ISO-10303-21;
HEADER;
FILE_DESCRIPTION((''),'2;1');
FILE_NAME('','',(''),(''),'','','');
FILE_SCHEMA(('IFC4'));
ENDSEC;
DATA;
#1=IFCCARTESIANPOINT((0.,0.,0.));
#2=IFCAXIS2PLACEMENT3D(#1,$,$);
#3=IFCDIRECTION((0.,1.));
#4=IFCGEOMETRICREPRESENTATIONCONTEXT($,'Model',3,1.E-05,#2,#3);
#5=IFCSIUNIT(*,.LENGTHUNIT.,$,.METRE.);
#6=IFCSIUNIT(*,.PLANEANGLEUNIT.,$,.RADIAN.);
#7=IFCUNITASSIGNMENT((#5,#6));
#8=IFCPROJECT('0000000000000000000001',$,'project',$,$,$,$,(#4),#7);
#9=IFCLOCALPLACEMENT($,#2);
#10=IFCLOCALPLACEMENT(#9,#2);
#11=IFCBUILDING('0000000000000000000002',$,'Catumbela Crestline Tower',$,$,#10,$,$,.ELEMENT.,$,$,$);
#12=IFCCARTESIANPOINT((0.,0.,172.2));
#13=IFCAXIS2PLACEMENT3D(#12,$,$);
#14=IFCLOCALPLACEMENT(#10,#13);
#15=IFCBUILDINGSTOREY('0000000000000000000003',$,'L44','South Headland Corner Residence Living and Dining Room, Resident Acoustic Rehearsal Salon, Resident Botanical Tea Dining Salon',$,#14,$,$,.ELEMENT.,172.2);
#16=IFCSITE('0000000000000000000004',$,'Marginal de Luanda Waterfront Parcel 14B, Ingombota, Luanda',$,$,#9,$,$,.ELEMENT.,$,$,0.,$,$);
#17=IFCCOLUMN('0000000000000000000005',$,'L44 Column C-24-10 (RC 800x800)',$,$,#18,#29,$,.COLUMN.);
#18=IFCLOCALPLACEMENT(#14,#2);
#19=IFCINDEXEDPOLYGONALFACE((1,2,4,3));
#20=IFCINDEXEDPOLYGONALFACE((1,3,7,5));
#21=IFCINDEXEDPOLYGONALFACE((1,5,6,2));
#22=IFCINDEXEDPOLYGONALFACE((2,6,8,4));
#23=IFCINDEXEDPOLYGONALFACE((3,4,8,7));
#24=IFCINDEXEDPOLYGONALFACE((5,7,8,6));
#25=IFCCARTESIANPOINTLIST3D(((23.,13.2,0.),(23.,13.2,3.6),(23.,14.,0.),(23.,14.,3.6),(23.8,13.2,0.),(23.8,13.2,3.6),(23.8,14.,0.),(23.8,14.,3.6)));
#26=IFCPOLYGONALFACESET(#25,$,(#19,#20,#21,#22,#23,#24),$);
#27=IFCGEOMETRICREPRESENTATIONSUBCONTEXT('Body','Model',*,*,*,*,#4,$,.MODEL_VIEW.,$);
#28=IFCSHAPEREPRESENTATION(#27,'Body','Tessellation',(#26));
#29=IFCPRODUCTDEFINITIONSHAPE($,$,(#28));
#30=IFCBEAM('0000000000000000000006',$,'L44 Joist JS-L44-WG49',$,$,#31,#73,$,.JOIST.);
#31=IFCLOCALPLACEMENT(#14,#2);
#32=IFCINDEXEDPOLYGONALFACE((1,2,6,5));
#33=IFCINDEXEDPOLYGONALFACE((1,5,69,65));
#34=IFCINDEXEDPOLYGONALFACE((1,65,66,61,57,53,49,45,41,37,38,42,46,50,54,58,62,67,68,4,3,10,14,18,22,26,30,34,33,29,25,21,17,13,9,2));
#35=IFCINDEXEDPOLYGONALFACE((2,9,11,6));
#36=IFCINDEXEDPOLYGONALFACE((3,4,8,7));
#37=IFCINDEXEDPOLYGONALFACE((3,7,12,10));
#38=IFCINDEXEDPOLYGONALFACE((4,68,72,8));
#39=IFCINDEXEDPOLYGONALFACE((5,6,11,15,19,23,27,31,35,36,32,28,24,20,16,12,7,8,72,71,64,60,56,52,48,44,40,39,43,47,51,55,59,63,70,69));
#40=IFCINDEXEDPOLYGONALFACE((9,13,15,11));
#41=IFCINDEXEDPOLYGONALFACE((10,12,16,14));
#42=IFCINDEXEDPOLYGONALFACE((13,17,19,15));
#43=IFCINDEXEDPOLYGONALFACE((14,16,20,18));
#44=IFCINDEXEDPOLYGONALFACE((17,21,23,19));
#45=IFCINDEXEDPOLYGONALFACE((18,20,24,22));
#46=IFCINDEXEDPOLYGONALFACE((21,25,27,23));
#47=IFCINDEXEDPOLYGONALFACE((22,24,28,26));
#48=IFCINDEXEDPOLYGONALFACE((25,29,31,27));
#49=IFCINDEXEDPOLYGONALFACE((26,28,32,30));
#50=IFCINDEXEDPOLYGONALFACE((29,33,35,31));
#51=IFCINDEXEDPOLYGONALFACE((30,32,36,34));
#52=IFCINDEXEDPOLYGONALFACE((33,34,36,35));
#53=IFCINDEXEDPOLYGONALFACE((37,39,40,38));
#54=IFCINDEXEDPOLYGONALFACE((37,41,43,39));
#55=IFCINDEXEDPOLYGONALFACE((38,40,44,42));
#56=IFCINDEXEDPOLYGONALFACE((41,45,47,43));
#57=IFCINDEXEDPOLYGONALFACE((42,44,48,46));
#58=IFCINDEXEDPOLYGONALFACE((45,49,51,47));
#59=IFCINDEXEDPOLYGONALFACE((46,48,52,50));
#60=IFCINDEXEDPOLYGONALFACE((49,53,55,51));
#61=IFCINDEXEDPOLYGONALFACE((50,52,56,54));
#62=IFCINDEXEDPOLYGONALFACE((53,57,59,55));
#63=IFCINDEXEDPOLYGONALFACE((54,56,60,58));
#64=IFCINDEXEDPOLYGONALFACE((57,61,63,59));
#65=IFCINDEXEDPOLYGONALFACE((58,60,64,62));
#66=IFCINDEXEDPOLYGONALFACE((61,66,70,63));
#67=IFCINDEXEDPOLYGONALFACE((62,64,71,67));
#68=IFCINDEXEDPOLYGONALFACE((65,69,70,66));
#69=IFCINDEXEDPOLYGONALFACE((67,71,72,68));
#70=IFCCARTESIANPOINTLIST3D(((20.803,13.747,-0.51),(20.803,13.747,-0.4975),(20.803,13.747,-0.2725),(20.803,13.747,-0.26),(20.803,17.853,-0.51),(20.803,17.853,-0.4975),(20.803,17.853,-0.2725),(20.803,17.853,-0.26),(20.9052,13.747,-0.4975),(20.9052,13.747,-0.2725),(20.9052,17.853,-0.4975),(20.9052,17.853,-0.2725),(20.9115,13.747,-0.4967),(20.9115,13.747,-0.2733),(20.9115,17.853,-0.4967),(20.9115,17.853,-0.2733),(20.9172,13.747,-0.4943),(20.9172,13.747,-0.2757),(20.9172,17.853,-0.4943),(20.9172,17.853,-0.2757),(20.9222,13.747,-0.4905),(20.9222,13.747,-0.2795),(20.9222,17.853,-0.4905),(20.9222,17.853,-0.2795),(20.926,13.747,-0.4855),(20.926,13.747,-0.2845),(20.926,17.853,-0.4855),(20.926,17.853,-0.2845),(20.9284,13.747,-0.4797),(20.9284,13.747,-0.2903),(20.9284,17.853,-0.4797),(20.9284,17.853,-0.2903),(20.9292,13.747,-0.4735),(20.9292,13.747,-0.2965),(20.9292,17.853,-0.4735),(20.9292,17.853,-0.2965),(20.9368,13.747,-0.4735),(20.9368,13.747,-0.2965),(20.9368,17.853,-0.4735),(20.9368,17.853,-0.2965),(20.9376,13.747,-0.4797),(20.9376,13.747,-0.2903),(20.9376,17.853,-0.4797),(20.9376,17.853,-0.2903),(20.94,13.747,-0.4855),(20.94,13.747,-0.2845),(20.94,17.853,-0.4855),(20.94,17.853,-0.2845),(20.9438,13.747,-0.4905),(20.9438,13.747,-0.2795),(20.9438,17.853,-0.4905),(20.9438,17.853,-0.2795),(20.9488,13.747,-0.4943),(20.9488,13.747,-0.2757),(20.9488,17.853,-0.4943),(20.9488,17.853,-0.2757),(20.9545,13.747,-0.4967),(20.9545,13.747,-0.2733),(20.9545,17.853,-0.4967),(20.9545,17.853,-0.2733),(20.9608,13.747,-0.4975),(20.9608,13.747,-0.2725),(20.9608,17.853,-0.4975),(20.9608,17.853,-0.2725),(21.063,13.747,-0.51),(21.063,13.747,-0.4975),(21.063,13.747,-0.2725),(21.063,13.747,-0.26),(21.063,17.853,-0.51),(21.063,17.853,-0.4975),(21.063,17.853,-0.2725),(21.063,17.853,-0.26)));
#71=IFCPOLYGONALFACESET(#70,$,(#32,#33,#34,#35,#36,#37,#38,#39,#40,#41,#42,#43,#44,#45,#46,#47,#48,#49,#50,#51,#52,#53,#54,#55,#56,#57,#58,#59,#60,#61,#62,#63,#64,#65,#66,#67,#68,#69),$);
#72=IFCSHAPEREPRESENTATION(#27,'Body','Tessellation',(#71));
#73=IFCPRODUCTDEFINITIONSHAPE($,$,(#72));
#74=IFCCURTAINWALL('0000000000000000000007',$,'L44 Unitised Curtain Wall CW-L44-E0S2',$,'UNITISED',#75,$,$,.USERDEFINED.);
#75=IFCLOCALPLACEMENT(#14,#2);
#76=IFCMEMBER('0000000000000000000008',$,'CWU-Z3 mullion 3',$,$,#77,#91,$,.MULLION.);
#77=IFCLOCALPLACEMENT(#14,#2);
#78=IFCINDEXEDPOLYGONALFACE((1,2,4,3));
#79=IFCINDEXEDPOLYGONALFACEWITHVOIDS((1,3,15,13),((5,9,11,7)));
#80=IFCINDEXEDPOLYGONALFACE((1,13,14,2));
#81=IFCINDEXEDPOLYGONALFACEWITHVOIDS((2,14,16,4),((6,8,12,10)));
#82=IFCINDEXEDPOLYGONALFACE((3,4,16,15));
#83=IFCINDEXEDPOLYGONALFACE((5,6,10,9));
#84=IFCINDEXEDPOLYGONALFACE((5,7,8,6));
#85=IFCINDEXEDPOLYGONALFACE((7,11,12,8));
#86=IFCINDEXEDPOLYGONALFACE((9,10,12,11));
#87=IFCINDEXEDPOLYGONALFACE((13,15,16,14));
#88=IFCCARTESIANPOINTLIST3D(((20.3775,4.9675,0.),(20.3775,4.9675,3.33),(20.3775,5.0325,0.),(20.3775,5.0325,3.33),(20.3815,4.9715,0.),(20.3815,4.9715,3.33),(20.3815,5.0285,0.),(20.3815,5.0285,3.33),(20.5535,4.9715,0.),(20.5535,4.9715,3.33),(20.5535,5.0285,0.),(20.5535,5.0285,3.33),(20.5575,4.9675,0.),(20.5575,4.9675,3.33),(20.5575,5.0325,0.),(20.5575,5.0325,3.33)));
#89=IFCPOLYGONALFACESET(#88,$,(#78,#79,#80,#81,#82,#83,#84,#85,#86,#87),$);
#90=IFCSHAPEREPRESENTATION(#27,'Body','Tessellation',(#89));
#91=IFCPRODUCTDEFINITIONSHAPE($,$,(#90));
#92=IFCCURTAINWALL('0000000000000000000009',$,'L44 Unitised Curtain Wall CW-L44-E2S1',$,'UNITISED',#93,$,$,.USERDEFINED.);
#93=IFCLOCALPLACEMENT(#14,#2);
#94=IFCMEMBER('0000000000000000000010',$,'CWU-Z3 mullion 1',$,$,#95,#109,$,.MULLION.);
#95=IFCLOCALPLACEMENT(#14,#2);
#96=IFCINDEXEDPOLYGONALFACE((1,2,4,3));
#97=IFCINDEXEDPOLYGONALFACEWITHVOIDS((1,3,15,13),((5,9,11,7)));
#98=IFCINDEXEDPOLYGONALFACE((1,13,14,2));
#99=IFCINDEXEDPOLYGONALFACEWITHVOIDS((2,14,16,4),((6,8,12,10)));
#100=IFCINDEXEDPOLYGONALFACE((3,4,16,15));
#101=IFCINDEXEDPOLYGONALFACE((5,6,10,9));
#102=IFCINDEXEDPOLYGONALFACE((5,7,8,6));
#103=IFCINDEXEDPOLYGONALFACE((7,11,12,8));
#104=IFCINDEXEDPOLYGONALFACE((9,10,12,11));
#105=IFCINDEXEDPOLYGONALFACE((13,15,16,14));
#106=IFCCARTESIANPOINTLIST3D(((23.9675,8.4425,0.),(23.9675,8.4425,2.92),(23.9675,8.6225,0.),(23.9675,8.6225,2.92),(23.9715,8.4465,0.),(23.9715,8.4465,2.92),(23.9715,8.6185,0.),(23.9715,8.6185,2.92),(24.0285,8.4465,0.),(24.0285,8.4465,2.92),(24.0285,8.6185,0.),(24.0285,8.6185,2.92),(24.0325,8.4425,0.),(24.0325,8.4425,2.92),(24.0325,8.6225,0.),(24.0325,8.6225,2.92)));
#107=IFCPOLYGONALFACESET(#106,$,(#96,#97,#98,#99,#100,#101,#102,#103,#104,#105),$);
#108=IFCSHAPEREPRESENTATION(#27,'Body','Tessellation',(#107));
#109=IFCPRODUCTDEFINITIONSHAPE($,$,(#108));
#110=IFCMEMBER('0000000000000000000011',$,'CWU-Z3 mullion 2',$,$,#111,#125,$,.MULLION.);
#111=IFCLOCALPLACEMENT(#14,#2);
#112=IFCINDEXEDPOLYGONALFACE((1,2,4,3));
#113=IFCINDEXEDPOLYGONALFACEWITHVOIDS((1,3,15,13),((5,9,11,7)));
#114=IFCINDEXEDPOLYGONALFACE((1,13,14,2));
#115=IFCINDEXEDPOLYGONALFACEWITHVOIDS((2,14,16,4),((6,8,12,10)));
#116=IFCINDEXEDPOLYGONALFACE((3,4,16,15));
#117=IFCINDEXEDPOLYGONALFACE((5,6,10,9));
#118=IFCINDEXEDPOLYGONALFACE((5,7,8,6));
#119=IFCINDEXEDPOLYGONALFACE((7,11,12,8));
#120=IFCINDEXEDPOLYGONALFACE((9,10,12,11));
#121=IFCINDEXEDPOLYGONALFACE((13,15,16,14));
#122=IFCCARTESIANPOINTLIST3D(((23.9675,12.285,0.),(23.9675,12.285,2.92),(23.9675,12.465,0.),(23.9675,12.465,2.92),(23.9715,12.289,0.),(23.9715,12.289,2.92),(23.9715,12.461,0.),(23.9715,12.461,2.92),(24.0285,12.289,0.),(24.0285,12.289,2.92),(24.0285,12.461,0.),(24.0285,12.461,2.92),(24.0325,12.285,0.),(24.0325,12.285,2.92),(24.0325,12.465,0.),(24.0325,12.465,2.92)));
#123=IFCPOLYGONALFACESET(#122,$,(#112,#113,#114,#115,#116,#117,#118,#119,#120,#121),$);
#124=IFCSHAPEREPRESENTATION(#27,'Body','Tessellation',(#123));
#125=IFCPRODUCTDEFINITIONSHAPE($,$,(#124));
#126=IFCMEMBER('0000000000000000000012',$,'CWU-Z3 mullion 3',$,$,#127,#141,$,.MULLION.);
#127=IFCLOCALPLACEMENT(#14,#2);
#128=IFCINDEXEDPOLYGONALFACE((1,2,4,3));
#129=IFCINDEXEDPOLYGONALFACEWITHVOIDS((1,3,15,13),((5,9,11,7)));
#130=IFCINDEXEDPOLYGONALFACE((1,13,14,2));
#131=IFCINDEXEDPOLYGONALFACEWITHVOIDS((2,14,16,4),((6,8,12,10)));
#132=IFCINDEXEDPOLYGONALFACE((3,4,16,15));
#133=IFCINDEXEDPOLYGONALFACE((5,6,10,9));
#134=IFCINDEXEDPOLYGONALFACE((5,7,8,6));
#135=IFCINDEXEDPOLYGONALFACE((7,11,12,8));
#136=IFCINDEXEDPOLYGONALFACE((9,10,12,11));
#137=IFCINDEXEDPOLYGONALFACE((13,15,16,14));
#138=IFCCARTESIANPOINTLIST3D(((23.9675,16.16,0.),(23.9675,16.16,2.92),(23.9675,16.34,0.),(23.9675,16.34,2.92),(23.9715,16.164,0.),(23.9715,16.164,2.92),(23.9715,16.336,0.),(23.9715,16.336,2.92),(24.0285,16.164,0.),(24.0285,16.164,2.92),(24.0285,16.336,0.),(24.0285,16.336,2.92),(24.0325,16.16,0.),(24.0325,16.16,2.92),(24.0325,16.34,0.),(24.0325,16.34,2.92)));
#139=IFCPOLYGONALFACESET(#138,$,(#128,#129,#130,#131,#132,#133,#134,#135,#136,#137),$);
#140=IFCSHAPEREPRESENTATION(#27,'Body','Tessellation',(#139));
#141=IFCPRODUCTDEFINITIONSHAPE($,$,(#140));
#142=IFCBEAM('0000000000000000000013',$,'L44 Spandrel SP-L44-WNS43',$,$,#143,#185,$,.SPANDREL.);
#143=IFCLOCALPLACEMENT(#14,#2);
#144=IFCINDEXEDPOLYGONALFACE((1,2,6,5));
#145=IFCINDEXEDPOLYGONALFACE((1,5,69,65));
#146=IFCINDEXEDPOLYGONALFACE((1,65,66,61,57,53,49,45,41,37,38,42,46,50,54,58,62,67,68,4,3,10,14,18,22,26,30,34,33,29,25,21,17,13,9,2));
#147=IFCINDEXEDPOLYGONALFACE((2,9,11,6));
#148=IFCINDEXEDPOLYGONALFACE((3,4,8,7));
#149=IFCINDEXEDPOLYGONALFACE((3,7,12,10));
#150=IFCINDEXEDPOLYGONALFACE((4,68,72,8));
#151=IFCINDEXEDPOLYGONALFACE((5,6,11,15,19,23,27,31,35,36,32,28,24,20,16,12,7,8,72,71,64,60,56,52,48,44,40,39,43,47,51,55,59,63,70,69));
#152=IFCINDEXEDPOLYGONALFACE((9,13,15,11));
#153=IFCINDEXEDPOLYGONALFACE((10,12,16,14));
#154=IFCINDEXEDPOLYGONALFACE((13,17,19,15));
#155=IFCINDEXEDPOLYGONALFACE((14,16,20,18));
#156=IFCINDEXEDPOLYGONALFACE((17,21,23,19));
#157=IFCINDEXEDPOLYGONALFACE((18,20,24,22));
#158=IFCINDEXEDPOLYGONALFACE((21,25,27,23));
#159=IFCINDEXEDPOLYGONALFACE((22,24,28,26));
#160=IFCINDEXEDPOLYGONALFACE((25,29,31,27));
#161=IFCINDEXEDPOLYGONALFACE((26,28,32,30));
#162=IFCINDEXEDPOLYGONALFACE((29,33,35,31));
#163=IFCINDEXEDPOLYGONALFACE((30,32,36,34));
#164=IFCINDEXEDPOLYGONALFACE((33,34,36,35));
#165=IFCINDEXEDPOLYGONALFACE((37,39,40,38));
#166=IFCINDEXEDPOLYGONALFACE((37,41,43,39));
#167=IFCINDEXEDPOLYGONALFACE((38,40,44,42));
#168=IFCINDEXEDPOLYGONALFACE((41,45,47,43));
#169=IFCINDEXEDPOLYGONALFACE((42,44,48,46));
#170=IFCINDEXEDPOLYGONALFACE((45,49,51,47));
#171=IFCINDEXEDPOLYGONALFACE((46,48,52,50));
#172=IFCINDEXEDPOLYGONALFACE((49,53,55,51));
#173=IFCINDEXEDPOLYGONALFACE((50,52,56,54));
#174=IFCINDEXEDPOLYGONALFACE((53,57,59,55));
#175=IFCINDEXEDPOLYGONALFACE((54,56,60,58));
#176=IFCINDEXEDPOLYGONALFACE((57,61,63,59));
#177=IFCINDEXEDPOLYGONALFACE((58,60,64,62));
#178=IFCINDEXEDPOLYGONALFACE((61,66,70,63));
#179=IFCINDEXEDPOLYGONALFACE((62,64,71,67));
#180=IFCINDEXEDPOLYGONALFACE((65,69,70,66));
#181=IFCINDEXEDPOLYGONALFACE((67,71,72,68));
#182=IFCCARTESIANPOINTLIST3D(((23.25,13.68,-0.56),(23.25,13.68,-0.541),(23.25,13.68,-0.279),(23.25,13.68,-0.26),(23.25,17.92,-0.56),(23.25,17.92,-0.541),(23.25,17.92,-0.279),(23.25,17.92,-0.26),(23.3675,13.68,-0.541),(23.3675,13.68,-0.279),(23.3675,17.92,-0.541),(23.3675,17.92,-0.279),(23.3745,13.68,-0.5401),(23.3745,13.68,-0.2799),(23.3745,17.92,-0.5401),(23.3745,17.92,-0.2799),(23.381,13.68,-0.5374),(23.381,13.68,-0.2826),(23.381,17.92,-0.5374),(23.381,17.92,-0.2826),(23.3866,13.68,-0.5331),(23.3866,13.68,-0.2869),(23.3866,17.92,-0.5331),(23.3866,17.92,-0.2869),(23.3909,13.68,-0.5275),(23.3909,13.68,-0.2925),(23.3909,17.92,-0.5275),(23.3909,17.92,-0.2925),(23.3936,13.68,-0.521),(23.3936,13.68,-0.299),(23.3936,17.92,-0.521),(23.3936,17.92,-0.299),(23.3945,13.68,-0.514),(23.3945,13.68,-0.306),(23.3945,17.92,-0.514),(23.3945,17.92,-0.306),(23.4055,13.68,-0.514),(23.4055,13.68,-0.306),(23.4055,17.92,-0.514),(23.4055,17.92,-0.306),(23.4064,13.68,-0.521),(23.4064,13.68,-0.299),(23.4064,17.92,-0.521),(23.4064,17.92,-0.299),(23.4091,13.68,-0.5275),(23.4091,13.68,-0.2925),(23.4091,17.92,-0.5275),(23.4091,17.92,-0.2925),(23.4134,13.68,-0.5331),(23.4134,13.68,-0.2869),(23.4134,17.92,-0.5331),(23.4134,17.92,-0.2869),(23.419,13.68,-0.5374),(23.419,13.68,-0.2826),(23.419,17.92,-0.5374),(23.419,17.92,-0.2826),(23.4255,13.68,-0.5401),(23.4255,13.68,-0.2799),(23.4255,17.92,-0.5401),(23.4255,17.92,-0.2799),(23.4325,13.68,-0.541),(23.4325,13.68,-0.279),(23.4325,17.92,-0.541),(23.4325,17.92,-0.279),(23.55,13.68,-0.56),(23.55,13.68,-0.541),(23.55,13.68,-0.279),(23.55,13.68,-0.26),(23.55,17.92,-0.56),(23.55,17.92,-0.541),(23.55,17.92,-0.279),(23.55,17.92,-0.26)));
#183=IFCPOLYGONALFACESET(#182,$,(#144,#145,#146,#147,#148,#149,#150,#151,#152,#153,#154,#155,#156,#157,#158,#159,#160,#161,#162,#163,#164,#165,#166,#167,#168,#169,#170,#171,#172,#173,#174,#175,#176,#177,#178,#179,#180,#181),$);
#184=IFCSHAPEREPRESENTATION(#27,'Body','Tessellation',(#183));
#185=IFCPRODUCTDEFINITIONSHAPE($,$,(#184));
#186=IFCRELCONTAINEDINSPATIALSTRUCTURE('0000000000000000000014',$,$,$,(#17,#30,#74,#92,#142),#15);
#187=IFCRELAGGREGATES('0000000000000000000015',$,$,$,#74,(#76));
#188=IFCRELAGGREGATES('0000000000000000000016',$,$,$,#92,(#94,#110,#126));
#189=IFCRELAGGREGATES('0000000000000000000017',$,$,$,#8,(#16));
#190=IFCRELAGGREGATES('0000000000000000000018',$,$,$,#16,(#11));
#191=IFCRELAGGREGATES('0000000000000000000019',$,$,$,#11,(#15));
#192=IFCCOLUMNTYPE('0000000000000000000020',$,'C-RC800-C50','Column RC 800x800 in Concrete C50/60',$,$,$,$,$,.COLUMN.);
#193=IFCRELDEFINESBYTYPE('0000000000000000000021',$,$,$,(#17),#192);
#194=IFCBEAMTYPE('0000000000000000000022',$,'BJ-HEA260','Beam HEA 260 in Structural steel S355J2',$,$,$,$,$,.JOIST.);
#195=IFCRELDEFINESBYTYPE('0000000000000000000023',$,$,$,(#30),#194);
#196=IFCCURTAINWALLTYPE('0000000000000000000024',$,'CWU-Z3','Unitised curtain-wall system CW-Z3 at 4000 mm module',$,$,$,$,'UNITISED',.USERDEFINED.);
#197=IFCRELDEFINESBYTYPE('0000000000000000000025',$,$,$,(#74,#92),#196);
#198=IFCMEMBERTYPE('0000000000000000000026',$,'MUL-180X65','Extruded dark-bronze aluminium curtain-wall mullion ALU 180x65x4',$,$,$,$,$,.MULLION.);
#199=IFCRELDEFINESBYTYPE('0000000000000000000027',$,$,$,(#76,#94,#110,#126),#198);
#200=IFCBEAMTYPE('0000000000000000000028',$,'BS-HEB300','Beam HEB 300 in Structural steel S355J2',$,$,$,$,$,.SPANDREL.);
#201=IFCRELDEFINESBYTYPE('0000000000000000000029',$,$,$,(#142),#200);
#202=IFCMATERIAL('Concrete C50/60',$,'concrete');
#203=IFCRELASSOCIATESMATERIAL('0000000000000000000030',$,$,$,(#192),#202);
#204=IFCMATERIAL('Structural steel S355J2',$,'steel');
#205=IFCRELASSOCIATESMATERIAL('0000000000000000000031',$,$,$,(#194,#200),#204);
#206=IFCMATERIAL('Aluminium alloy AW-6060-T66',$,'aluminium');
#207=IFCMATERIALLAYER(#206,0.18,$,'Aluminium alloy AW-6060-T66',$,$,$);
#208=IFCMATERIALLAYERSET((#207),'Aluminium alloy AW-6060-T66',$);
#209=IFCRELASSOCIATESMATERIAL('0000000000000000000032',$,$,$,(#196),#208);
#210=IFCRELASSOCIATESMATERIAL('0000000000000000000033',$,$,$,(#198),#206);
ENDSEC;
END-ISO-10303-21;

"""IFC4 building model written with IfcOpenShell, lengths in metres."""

from ifc_helpers import new_model, si_unit, direction, frame, origin, origin_2d, place, context, subcontext, project, spatial, rectangle, hollow_rectangle, i_section, extrude, material, layer, layer_set, material_profile, profile_set, type_object, element, aggregate, save


model = new_model("IFC4")

# Units and contexts
model_context = context("Model", 3, precision=1e-05, world=origin(), true_north=direction((0.0, 1.0)))
body_context = subcontext(model_context, "Body", "Model", "MODEL_VIEW")
ifc_project = project(units=[si_unit("LENGTHUNIT", "METRE"), si_unit("PLANEANGLEUNIT", "RADIAN")], contexts=[model_context])

# Site, building, storey
site_placement = place(None, origin())
site = spatial("IfcSite", under=ifc_project, at=site_placement, Name="Marginal de Luanda Waterfront Parcel 14B, Ingombota, Luanda", CompositionType="ELEMENT", RefElevation=0.0)
building_placement = place(site_placement, origin())
building = spatial("IfcBuilding", under=site, at=building_placement, Name="Catumbela Crestline Tower", CompositionType="ELEMENT")
storey_placement = place(building_placement, frame((0.0, 0.0, 172.2)))
storey = spatial("IfcBuildingStorey", under=building, at=storey_placement, Name="L44", Description="South Headland Corner Residence Living and Dining Room, Resident Acoustic Rehearsal Salon, Resident Botanical Tea Dining Salon", CompositionType="ELEMENT", Elevation=172.2)

# Column
ifc_material_1 = material(Name="Concrete C50/60", Category="concrete")
ifc_material_profile_1 = material_profile(ifc_material_1, rectangle(XDim=0.8, YDim=0.8, at=origin_2d()), Name="RC 800x800")
ifc_profile_set_1 = profile_set([ifc_material_profile_1], Name="Concrete C50/60")
column_type = type_object("IfcColumnType", Name="C-RC800-C50", Description="Column RC 800x800 in Concrete C50/60", PredefinedType="COLUMN", material=ifc_profile_set_1)
column_placement = place(storey_placement, frame((23.4, 13.6, 0.0), z_axis=(0.0, 0.0, 1.0), x_axis=(1.0, 0.0, 0.0)))
element("IfcColumn", 1, at=column_placement, inside=storey, type_object=column_type, Name="L44 Column C-24-10 (RC 800x800)", PredefinedType="COLUMN", context=body_context, shape_type="SweptSolid", body=[
    extrude(rectangle(XDim=0.8, YDim=0.8, at=origin_2d()), origin(), (0.0, 0.0, 1.0), 3.6),
])

# Beam
ifc_material_2 = material(Name="Structural steel S355J2", Category="steel")
ifc_material_profile_2 = material_profile(ifc_material_2, i_section(OverallWidth=0.26, OverallDepth=0.25, WebThickness=0.0075, FlangeThickness=0.0125, FilletRadius=0.024, at=origin_2d()), Name="HEA 260")
ifc_profile_set_2 = profile_set([ifc_material_profile_2], Name="Structural steel S355J2")
beam_type_1 = type_object("IfcBeamType", Name="BJ-HEA260", Description="Beam HEA 260 in Structural steel S355J2", PredefinedType="JOIST", material=ifc_profile_set_2)
beam_1_placement = place(storey_placement, frame((20.933, 13.747, -0.385), z_axis=(0.0, 1.0, 0.0), x_axis=(-1.0, 0.0, 0.0)))
element("IfcBeam", 2, at=beam_1_placement, inside=storey, type_object=beam_type_1, Name="L44 Joist JS-L44-WG49", PredefinedType="JOIST", context=body_context, shape_type="SweptSolid", body=[
    extrude(i_section(OverallWidth=0.26, OverallDepth=0.25, WebThickness=0.0075, FlangeThickness=0.0125, FilletRadius=0.024, at=origin_2d()), origin(), (0.0, 0.0, 1.0), 4.106),
])

# Curtain wall, member
ifc_material_3 = material(Name="Aluminium alloy AW-6060-T66", Category="aluminium")
ifc_layer_1 = layer(ifc_material_3, 0.18, Name="Aluminium alloy AW-6060-T66")
ifc_layer_set_1 = layer_set([ifc_layer_1], Name="Aluminium alloy AW-6060-T66")
curtain_wall_type = type_object("IfcCurtainWallType", Name="CWU-Z3", Description="Unitised curtain-wall system CW-Z3 at 4000 mm module", ElementType="UNITISED", PredefinedType="USERDEFINED", material=ifc_layer_set_1)
curtain_wall_1_placement = place(storey_placement, origin())
curtain_wall_1 = element("IfcCurtainWall", 3, at=curtain_wall_1_placement, inside=storey, type_object=curtain_wall_type, Name="L44 Unitised Curtain Wall CW-L44-E0S2", ObjectType="UNITISED", PredefinedType="USERDEFINED")
ifc_material_profile_3 = material_profile(ifc_material_3, hollow_rectangle(XDim=0.065, YDim=0.18, WallThickness=0.004, at=origin_2d()), Name="ALU 180x65x4")
ifc_profile_set_3 = profile_set([ifc_material_profile_3], Name="Aluminium alloy AW-6060-T66")
member_type_1 = type_object("IfcMemberType", Name="MUL-180X65", Description="Extruded dark-bronze aluminium curtain-wall mullion ALU 180x65x4", PredefinedType="MULLION", material=ifc_profile_set_3)
member_1_placement = place(storey_placement, frame((20.4675, 5.0, 0.0), z_axis=(0.0, 0.0, 1.0), x_axis=(0.0, 1.0, 0.0)))
member_1 = element("IfcMember", 4, at=member_1_placement, type_object=member_type_1, Name="CWU-Z3 mullion 3", PredefinedType="MULLION", context=body_context, shape_type="SweptSolid", body=[
    extrude(hollow_rectangle(XDim=0.065, YDim=0.18, WallThickness=0.004, at=origin_2d()), origin(), (0.0, 0.0, 1.0), 3.33),
])
aggregate(curtain_wall_1, [member_1])

# Curtain wall, members
curtain_wall_2_placement = place(storey_placement, origin())
curtain_wall_2 = element("IfcCurtainWall", 5, at=curtain_wall_2_placement, inside=storey, type_object=curtain_wall_type, Name="L44 Unitised Curtain Wall CW-L44-E2S1", ObjectType="UNITISED", PredefinedType="USERDEFINED")
member_2_placement = place(storey_placement, frame((24.0, 8.5325, 0.0), z_axis=(0.0, 0.0, 1.0), x_axis=(-1.0, 0.0, 0.0)))
member_2 = element("IfcMember", 6, at=member_2_placement, type_object=member_type_1, Name="CWU-Z3 mullion 1", PredefinedType="MULLION", context=body_context, shape_type="SweptSolid", body=[
    extrude(hollow_rectangle(XDim=0.065, YDim=0.18, WallThickness=0.004, at=origin_2d()), origin(), (0.0, 0.0, 1.0), 2.92),
])
member_3_placement = place(storey_placement, frame((24.0, 12.375, 0.0), z_axis=(0.0, 0.0, 1.0), x_axis=(-1.0, 0.0, 0.0)))
member_3 = element("IfcMember", 7, at=member_3_placement, type_object=member_type_1, Name="CWU-Z3 mullion 2", PredefinedType="MULLION", context=body_context, shape_type="SweptSolid", body=[
    extrude(hollow_rectangle(XDim=0.065, YDim=0.18, WallThickness=0.004, at=origin_2d()), origin(), (0.0, 0.0, 1.0), 2.92),
])
member_4_placement = place(storey_placement, frame((24.0, 16.25, 0.0), z_axis=(0.0, 0.0, 1.0), x_axis=(-1.0, 0.0, 0.0)))
member_4 = element("IfcMember", 8, at=member_4_placement, type_object=member_type_1, Name="CWU-Z3 mullion 3", PredefinedType="MULLION", context=body_context, shape_type="SweptSolid", body=[
    extrude(hollow_rectangle(XDim=0.065, YDim=0.18, WallThickness=0.004, at=origin_2d()), origin(), (0.0, 0.0, 1.0), 2.92),
])

# Beam
ifc_material_profile_4 = material_profile(ifc_material_2, i_section(OverallWidth=0.3, OverallDepth=0.3, WebThickness=0.011, FlangeThickness=0.019, FilletRadius=0.027, at=origin_2d()), Name="HEB 300")
ifc_profile_set_4 = profile_set([ifc_material_profile_4], Name="Structural steel S355J2")
beam_type_2 = type_object("IfcBeamType", Name="BS-HEB300", Description="Beam HEB 300 in Structural steel S355J2", PredefinedType="SPANDREL", material=ifc_profile_set_4)
beam_2_placement = place(storey_placement, frame((23.4, 13.68, -0.41), z_axis=(0.0, 1.0, 0.0), x_axis=(-1.0, 0.0, 0.0)))
element("IfcBeam", 9, at=beam_2_placement, inside=storey, type_object=beam_type_2, Name="L44 Spandrel SP-L44-WNS43", PredefinedType="SPANDREL", context=body_context, shape_type="SweptSolid", body=[
    extrude(i_section(OverallWidth=0.3, OverallDepth=0.3, WebThickness=0.011, FlangeThickness=0.019, FilletRadius=0.027, at=origin_2d()), origin(), (0.0, 0.0, 1.0), 4.24),
])

aggregate(curtain_wall_2, [member_2, member_3, member_4])

save(model, "model.ifc")
